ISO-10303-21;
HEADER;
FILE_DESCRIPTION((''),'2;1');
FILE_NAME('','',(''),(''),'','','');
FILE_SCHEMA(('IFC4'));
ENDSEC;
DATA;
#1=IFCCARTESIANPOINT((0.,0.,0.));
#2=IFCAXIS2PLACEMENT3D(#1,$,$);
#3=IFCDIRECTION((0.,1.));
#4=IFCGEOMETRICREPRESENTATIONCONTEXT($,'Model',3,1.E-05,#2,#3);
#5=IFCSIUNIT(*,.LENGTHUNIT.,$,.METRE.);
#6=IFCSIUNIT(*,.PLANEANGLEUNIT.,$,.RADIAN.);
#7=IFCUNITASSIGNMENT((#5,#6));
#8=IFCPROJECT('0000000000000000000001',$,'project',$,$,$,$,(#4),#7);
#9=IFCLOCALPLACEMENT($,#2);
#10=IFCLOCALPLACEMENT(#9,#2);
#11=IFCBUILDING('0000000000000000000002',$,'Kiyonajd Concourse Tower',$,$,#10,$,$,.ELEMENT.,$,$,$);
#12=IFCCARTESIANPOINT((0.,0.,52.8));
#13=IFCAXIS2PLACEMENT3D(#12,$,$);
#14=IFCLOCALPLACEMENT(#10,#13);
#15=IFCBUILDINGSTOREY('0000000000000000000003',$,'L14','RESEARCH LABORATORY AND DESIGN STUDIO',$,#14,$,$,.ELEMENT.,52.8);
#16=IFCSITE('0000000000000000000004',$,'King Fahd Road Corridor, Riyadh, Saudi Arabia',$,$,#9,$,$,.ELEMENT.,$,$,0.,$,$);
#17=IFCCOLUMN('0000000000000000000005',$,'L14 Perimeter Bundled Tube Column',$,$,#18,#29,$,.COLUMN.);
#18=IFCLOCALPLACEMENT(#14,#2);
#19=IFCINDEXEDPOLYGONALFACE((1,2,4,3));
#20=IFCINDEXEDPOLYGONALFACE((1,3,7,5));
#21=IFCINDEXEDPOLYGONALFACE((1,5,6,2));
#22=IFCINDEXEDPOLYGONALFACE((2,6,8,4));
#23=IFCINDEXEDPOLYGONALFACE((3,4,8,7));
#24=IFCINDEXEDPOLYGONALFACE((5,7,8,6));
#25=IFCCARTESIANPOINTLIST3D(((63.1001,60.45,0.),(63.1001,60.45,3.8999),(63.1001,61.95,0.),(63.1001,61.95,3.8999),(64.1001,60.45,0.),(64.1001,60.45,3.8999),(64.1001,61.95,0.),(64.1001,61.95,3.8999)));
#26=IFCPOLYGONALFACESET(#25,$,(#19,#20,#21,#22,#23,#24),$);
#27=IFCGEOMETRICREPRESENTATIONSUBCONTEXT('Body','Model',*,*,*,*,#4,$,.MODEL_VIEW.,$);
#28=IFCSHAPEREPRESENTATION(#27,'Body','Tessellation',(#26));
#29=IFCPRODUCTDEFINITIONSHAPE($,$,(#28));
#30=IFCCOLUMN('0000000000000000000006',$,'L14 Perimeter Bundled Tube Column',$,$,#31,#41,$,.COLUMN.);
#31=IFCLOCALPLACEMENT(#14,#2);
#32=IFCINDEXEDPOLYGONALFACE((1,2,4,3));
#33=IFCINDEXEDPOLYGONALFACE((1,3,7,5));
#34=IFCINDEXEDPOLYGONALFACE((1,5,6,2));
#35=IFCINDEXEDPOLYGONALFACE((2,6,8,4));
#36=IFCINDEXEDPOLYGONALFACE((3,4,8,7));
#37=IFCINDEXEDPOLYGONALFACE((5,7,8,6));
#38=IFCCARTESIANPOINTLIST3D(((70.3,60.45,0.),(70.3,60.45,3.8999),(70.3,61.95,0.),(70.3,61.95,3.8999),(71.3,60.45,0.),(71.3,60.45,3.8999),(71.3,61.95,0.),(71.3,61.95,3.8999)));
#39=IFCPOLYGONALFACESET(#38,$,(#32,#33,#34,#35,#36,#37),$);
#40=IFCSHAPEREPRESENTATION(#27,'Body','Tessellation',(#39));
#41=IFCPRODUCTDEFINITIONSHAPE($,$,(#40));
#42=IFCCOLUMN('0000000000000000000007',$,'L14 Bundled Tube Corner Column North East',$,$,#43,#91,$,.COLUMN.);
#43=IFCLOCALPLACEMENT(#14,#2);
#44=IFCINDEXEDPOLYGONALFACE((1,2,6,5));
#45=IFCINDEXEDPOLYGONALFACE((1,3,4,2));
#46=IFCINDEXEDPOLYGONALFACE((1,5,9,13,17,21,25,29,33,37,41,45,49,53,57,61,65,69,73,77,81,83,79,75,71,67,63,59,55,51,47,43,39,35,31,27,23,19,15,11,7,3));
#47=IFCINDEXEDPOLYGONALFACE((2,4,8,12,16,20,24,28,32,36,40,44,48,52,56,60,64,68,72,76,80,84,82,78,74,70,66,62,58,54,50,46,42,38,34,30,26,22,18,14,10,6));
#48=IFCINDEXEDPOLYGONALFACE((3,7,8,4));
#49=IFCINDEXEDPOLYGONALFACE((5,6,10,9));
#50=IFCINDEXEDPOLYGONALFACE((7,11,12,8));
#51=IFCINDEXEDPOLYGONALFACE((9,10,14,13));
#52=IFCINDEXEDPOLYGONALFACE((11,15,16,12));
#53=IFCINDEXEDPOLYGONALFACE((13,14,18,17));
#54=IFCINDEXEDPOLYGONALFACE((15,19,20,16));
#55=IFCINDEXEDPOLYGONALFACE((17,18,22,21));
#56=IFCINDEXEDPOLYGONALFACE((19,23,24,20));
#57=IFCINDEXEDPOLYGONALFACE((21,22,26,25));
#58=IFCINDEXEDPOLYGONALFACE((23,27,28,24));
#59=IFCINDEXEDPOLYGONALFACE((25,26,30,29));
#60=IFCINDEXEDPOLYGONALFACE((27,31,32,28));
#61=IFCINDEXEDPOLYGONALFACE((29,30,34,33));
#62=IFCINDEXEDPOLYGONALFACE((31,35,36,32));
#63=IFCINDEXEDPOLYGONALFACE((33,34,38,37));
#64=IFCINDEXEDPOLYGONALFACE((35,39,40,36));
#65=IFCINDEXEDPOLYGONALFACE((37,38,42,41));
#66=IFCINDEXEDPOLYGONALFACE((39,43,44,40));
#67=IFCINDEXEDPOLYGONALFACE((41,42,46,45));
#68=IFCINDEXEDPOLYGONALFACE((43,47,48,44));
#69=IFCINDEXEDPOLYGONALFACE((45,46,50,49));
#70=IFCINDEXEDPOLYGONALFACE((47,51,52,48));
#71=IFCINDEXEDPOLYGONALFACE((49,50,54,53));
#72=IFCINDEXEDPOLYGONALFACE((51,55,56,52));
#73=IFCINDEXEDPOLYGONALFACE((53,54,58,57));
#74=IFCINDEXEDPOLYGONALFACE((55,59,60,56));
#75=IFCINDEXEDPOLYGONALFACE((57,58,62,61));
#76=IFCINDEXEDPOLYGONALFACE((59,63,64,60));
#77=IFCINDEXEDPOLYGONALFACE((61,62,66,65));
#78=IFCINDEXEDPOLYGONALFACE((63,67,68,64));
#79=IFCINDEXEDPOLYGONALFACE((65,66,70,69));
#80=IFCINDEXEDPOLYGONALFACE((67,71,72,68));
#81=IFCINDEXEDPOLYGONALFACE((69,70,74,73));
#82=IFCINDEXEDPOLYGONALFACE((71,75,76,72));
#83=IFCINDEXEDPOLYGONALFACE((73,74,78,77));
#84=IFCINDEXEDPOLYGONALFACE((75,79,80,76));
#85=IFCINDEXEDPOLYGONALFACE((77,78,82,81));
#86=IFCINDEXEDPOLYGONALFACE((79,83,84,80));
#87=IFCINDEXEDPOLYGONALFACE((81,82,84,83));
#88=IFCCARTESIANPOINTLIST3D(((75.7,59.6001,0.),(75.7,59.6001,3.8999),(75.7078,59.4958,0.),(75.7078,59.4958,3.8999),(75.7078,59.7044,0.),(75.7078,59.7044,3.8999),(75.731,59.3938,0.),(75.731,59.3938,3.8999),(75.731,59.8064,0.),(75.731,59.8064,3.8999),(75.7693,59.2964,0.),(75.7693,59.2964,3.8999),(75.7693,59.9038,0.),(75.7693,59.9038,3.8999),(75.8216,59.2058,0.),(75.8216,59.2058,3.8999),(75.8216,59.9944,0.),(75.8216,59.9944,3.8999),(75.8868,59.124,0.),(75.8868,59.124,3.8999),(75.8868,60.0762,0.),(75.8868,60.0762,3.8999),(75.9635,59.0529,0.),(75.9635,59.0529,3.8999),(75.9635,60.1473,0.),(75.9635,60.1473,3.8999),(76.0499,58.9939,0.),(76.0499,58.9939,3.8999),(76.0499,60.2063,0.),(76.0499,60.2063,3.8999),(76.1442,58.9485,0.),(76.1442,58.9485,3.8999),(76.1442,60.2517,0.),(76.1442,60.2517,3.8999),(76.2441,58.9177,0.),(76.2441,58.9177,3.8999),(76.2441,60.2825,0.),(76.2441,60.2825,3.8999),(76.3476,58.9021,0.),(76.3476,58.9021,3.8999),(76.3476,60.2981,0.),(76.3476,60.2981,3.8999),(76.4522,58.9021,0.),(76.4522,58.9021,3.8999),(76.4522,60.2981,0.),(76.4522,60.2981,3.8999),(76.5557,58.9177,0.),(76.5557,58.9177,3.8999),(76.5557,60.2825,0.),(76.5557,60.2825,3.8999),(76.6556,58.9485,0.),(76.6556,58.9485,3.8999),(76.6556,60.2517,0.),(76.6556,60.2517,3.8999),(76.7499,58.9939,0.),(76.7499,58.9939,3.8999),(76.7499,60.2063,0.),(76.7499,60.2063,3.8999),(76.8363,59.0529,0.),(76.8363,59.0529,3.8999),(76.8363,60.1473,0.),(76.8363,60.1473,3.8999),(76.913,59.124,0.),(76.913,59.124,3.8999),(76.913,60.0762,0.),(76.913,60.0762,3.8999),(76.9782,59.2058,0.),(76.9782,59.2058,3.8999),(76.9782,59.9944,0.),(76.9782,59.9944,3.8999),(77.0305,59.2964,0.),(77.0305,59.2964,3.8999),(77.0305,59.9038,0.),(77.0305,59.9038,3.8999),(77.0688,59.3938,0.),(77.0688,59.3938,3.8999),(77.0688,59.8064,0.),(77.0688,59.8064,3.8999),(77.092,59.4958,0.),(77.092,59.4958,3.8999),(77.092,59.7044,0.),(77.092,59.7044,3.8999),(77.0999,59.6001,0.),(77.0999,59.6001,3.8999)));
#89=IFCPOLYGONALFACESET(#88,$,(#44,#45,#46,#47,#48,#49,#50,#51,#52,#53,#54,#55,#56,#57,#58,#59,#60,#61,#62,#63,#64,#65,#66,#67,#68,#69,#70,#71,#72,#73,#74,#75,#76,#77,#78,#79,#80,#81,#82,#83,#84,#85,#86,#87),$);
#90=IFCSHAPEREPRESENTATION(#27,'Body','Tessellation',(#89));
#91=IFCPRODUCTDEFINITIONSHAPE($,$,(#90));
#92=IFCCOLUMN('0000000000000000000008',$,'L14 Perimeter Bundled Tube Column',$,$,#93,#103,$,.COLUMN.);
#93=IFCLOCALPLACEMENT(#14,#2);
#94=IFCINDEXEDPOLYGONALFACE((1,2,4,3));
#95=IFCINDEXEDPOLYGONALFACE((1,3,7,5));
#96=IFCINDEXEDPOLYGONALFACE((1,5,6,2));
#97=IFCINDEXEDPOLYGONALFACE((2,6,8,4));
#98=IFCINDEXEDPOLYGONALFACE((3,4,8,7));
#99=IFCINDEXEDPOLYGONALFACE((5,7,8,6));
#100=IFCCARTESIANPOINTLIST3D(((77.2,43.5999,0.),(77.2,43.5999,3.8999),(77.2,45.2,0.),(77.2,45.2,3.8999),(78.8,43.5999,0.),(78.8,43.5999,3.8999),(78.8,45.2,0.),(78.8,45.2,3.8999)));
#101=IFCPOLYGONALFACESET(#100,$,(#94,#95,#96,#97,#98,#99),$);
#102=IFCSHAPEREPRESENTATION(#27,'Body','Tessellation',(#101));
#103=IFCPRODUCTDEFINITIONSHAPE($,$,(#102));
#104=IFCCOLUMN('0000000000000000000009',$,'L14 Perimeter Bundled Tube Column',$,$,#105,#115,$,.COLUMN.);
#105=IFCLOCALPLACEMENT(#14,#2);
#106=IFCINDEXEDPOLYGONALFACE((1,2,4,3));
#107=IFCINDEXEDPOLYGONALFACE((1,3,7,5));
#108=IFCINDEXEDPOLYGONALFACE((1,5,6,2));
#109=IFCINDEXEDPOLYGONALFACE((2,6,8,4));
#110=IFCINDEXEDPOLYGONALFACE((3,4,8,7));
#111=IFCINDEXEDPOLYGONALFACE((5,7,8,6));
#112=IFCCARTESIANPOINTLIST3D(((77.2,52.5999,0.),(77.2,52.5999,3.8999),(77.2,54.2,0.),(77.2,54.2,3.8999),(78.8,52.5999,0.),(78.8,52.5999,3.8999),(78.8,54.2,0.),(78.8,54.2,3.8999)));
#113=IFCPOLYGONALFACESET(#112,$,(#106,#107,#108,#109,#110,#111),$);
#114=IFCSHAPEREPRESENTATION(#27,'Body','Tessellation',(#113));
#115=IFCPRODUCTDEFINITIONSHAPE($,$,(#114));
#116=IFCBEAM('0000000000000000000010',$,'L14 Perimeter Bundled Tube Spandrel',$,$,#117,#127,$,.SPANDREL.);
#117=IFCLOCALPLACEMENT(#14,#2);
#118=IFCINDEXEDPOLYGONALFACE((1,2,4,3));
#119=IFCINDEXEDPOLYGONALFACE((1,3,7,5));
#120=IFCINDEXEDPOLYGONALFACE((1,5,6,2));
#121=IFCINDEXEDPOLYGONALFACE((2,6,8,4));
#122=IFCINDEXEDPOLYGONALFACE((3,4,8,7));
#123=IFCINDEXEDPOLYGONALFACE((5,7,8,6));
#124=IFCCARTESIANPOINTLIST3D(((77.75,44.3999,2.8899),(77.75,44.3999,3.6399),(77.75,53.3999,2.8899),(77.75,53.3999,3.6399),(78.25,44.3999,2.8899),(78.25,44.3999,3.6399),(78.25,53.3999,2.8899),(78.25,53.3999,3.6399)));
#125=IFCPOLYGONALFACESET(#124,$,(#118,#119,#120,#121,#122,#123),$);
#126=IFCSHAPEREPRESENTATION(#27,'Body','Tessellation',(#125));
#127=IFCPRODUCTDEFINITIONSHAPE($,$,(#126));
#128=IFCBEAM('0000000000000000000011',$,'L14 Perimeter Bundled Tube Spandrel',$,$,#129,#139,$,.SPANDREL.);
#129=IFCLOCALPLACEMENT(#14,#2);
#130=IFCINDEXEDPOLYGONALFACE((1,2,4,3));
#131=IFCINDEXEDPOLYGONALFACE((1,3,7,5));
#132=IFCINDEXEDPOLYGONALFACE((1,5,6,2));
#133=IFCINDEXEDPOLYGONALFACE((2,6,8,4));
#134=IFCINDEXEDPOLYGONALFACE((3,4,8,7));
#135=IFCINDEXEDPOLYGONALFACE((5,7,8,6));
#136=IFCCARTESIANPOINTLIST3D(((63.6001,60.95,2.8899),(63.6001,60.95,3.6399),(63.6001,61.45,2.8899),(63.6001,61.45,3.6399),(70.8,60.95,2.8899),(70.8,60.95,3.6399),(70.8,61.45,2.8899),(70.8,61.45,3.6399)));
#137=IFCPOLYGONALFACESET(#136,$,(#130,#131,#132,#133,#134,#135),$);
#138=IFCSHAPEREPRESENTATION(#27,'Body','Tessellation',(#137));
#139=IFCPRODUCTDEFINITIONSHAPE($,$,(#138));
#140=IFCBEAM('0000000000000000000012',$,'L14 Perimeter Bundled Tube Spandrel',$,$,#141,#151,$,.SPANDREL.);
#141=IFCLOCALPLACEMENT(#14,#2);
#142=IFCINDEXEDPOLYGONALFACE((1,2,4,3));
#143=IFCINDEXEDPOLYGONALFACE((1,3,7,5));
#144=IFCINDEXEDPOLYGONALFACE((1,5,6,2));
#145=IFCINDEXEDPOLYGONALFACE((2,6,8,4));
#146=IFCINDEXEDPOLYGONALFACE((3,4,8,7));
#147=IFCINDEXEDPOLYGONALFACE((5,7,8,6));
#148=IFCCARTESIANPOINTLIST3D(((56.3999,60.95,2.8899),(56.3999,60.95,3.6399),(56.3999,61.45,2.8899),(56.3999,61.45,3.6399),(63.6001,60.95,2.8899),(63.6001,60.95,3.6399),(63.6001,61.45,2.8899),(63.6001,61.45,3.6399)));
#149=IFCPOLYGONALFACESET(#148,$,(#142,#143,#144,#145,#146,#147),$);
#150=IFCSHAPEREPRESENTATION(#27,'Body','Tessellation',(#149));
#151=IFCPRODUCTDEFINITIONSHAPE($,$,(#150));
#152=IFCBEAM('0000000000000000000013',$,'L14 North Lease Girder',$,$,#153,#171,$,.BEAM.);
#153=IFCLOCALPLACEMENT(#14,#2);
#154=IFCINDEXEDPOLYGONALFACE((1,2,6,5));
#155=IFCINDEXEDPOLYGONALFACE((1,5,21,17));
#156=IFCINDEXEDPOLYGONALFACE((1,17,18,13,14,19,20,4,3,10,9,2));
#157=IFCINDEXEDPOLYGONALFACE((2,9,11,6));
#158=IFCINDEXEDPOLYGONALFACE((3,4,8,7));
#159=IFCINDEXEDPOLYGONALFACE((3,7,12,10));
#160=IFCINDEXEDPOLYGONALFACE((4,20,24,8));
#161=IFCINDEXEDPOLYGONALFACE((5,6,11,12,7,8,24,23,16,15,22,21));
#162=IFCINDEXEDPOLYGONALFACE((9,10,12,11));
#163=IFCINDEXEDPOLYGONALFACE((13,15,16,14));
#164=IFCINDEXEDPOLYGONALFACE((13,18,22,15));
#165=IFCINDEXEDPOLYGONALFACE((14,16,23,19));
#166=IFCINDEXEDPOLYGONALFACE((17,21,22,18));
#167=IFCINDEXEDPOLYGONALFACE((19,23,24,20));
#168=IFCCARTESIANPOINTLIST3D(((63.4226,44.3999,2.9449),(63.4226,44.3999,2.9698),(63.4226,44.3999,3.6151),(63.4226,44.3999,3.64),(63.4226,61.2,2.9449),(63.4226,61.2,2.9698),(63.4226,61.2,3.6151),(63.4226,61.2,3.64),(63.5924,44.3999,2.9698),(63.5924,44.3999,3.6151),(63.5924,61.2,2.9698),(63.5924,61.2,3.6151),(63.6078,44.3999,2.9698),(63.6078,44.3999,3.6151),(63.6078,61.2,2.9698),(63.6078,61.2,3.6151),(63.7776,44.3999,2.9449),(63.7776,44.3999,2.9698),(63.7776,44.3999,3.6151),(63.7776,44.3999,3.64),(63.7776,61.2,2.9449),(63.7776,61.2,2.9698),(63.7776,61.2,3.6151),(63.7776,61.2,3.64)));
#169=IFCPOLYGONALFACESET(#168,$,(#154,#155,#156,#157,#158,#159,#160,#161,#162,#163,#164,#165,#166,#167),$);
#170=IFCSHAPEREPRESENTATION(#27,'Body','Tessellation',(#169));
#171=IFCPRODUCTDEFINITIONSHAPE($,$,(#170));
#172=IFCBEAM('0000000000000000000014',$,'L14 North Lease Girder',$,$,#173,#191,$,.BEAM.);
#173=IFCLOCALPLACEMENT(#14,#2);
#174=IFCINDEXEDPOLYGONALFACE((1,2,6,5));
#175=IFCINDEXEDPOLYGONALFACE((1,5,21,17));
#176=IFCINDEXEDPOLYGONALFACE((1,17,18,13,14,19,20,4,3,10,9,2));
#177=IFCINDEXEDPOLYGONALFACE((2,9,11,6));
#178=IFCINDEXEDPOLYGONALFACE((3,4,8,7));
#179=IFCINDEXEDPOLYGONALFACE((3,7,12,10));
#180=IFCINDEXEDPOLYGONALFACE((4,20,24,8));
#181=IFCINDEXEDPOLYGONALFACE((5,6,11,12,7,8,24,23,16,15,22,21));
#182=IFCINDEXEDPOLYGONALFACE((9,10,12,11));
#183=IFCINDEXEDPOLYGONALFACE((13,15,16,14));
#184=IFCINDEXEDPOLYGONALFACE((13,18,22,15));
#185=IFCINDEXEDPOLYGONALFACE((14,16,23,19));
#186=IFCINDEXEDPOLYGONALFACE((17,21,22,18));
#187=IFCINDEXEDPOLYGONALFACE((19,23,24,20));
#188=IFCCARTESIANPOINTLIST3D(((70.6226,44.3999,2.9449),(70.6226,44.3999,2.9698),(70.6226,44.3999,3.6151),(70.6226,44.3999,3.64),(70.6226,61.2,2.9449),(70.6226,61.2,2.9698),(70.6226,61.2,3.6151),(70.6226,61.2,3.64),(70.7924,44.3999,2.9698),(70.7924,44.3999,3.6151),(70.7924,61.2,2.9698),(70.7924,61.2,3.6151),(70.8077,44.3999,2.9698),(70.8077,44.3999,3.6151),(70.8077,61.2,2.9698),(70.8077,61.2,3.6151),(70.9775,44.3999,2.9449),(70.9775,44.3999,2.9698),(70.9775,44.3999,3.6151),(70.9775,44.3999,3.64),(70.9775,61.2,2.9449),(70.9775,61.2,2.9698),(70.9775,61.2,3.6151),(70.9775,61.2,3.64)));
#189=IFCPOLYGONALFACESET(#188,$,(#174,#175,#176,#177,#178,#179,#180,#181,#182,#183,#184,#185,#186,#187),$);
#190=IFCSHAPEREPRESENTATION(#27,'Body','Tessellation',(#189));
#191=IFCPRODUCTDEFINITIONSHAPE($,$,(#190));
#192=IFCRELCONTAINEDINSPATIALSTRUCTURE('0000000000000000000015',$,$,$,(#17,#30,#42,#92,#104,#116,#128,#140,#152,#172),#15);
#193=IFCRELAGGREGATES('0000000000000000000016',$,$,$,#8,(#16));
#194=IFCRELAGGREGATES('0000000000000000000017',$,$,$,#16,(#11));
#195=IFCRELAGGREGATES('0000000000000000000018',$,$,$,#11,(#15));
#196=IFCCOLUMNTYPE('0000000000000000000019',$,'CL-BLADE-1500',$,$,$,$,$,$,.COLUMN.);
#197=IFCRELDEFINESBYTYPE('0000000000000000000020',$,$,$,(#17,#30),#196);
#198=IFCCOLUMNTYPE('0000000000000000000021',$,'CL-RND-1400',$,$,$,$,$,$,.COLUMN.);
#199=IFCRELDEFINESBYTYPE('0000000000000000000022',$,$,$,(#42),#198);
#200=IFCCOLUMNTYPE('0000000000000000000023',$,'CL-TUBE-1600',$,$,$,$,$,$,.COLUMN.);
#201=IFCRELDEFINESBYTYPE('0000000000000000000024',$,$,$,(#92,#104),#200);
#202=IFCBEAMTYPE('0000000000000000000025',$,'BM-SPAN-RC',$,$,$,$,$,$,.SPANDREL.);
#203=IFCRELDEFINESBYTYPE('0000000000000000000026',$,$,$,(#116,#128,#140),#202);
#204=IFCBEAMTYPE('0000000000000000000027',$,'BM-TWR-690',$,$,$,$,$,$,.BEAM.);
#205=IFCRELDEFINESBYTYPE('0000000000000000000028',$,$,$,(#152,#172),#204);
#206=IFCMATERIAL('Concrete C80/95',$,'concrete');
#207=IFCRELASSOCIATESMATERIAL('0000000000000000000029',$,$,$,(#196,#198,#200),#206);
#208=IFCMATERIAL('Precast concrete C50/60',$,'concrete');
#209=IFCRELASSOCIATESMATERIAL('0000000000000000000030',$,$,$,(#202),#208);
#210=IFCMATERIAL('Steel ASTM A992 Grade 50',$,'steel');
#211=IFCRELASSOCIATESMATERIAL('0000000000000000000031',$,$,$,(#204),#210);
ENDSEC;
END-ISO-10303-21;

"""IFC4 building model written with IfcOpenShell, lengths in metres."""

from ifc_helpers import new_model, si_unit, direction, frame, origin, origin_2d, place, context, subcontext, project, spatial, rectangle, circle, i_section, extrude, material, material_profile, profile_set, type_object, element, save


model = new_model("IFC4")

# Units and contexts
model_context = context("Model", 3, precision=1e-05, world=origin(), true_north=direction((0.0, 1.0)))
body_context = subcontext(model_context, "Body", "Model", "MODEL_VIEW")
ifc_project = project(units=[si_unit("LENGTHUNIT", "METRE"), si_unit("PLANEANGLEUNIT", "RADIAN")], contexts=[model_context])

# Site, building, storey
site_placement = place(None, origin())
site = spatial("IfcSite", under=ifc_project, at=site_placement, Name="King Fahd Road Corridor, Riyadh, Saudi Arabia", CompositionType="ELEMENT", RefElevation=0.0)
building_placement = place(site_placement, origin())
building = spatial("IfcBuilding", under=site, at=building_placement, Name="Kiyonajd Concourse Tower", CompositionType="ELEMENT")
storey_placement = place(building_placement, frame((0.0, 0.0, 52.8)))
storey = spatial("IfcBuildingStorey", under=building, at=storey_placement, Name="L14", Description="RESEARCH LABORATORY AND DESIGN STUDIO", CompositionType="ELEMENT", Elevation=52.8)

# Columns
ifc_material_1 = material(Name="Concrete C80/95", Category="concrete")
ifc_material_profile_1 = material_profile(ifc_material_1, rectangle(XDim=1.0, YDim=1.5, at=origin_2d()), Name="RC-1500x1000")
ifc_profile_set_1 = profile_set([ifc_material_profile_1], Name="Concrete C80/95")
column_type_1 = type_object("IfcColumnType", Name="CL-BLADE-1500", PredefinedType="COLUMN", material=ifc_profile_set_1)
for number, where, z_axis, x_axis, name in (
    (1, (63.6001, 61.2, 0.0), (0.0, 0.0, 1.0), (1.0, 0.0, 0.0), "L14 Perimeter Bundled Tube Column"),
    (2, (70.8, 61.2, 0.0), (0.0, 0.0, 1.0), (1.0, 0.0, 0.0), "L14 Perimeter Bundled Tube Column"),
):
    element("IfcColumn", number, at=place(storey_placement, frame(where, z_axis=z_axis, x_axis=x_axis)), inside=storey, type_object=column_type_1, Name=name, PredefinedType="COLUMN", context=body_context, shape_type="SweptSolid", body=[
        extrude(rectangle(XDim=1.0, YDim=1.5, at=origin_2d()), origin(), (0.0, 0.0, 1.0), 3.8999),
    ])
ifc_material_profile_2 = material_profile(ifc_material_1, circle(Radius=0.7, at=origin_2d()), Name="RCC-D1400")
ifc_profile_set_2 = profile_set([ifc_material_profile_2], Name="Concrete C80/95")
column_type_2 = type_object("IfcColumnType", Name="CL-RND-1400", PredefinedType="COLUMN", material=ifc_profile_set_2)
column_placement = place(storey_placement, frame((76.3999, 59.6001, 0.0), z_axis=(0.0, 0.0, 1.0), x_axis=(1.0, 0.0, 0.0)))
element("IfcColumn", 3, at=column_placement, inside=storey, type_object=column_type_2, Name="L14 Bundled Tube Corner Column North East", PredefinedType="COLUMN", context=body_context, shape_type="SweptSolid", body=[
    extrude(circle(Radius=0.7, at=origin_2d()), origin(), (0.0, 0.0, 1.0), 3.8999),
])
ifc_material_profile_3 = material_profile(ifc_material_1, rectangle(XDim=1.6001, YDim=1.6001, at=origin_2d()), Name="RC-1600x1600")
ifc_profile_set_3 = profile_set([ifc_material_profile_3], Name="Concrete C80/95")
column_type_3 = type_object("IfcColumnType", Name="CL-TUBE-1600", PredefinedType="COLUMN", material=ifc_profile_set_3)
for number, where, z_axis, x_axis, name in (
    (4, (78.0, 44.3999, 0.0), (0.0, 0.0, 1.0), (1.0, 0.0, 0.0), "L14 Perimeter Bundled Tube Column"),
    (5, (78.0, 53.3999, 0.0), (0.0, 0.0, 1.0), (1.0, 0.0, 0.0), "L14 Perimeter Bundled Tube Column"),
):
    element("IfcColumn", number, at=place(storey_placement, frame(where, z_axis=z_axis, x_axis=x_axis)), inside=storey, type_object=column_type_3, Name=name, PredefinedType="COLUMN", context=body_context, shape_type="SweptSolid", body=[
        extrude(rectangle(XDim=1.6001, YDim=1.6001, at=origin_2d()), origin(), (0.0, 0.0, 1.0), 3.8999),
    ])

# Beams
ifc_material_2 = material(Name="Precast concrete C50/60", Category="concrete")
ifc_material_profile_4 = material_profile(ifc_material_2, rectangle(XDim=0.5, YDim=0.75, at=origin_2d()), Name="RCBM-500x750")
ifc_profile_set_4 = profile_set([ifc_material_profile_4], Name="Precast concrete C50/60")
beam_type_1 = type_object("IfcBeamType", Name="BM-SPAN-RC", PredefinedType="SPANDREL", material=ifc_profile_set_4)
beam_1_placement = place(storey_placement, frame((78.0, 44.3999, 3.2649), z_axis=(0.0, 1.0, 0.0), x_axis=(-1.0, 0.0, 0.0)))
element("IfcBeam", 6, at=beam_1_placement, inside=storey, type_object=beam_type_1, Name="L14 Perimeter Bundled Tube Spandrel", PredefinedType="SPANDREL", context=body_context, shape_type="SweptSolid", body=[
    extrude(rectangle(XDim=0.5, YDim=0.75, at=origin_2d()), origin(), (0.0, 0.0, 1.0), 9.0),
])
beam_2_placement = place(storey_placement, frame((70.8, 61.2, 3.2649), z_axis=(-1.0, 0.0, 0.0), x_axis=(0.0, -1.0, 0.0)))
element("IfcBeam", 7, at=beam_2_placement, inside=storey, type_object=beam_type_1, Name="L14 Perimeter Bundled Tube Spandrel", PredefinedType="SPANDREL", context=body_context, shape_type="SweptSolid", body=[
    extrude(rectangle(XDim=0.5, YDim=0.75, at=origin_2d()), origin(), (0.0, 0.0, 1.0), 7.2),
])
beam_3_placement = place(storey_placement, frame((63.6001, 61.2, 3.2649), z_axis=(-1.0, 0.0, 0.0), x_axis=(0.0, -1.0, 0.0)))
element("IfcBeam", 8, at=beam_3_placement, inside=storey, type_object=beam_type_1, Name="L14 Perimeter Bundled Tube Spandrel", PredefinedType="SPANDREL", context=body_context, shape_type="SweptSolid", body=[
    extrude(rectangle(XDim=0.5, YDim=0.75, at=origin_2d()), origin(), (0.0, 0.0, 1.0), 7.2002),
])
ifc_material_3 = material(Name="Steel ASTM A992 Grade 50", Category="steel")
ifc_material_profile_5 = material_profile(ifc_material_3, i_section(OverallWidth=0.355, OverallDepth=0.6951, WebThickness=0.0154, FlangeThickness=0.0249, at=origin_2d()), Name="W690X217")
ifc_profile_set_5 = profile_set([ifc_material_profile_5], Name="Steel ASTM A992 Grade 50")
beam_type_2 = type_object("IfcBeamType", Name="BM-TWR-690", PredefinedType="BEAM", material=ifc_profile_set_5)
for number, where, z_axis, x_axis, name in (
    (9, (63.6001, 44.3999, 3.2925), (0.0, 1.0, 0.0), (-1.0, 0.0, 0.0), "L14 North Lease Girder"),
    (10, (70.8, 44.3999, 3.2925), (0.0, 1.0, 0.0), (-1.0, 0.0, 0.0), "L14 North Lease Girder"),
):
    element("IfcBeam", number, at=place(storey_placement, frame(where, z_axis=z_axis, x_axis=x_axis)), inside=storey, type_object=beam_type_2, Name=name, PredefinedType="BEAM", context=body_context, shape_type="SweptSolid", body=[
        extrude(i_section(OverallWidth=0.355, OverallDepth=0.6951, WebThickness=0.0154, FlangeThickness=0.0249, at=origin_2d()), origin(), (0.0, 0.0, 1.0), 16.8),
    ])

save(model, "model.ifc")
